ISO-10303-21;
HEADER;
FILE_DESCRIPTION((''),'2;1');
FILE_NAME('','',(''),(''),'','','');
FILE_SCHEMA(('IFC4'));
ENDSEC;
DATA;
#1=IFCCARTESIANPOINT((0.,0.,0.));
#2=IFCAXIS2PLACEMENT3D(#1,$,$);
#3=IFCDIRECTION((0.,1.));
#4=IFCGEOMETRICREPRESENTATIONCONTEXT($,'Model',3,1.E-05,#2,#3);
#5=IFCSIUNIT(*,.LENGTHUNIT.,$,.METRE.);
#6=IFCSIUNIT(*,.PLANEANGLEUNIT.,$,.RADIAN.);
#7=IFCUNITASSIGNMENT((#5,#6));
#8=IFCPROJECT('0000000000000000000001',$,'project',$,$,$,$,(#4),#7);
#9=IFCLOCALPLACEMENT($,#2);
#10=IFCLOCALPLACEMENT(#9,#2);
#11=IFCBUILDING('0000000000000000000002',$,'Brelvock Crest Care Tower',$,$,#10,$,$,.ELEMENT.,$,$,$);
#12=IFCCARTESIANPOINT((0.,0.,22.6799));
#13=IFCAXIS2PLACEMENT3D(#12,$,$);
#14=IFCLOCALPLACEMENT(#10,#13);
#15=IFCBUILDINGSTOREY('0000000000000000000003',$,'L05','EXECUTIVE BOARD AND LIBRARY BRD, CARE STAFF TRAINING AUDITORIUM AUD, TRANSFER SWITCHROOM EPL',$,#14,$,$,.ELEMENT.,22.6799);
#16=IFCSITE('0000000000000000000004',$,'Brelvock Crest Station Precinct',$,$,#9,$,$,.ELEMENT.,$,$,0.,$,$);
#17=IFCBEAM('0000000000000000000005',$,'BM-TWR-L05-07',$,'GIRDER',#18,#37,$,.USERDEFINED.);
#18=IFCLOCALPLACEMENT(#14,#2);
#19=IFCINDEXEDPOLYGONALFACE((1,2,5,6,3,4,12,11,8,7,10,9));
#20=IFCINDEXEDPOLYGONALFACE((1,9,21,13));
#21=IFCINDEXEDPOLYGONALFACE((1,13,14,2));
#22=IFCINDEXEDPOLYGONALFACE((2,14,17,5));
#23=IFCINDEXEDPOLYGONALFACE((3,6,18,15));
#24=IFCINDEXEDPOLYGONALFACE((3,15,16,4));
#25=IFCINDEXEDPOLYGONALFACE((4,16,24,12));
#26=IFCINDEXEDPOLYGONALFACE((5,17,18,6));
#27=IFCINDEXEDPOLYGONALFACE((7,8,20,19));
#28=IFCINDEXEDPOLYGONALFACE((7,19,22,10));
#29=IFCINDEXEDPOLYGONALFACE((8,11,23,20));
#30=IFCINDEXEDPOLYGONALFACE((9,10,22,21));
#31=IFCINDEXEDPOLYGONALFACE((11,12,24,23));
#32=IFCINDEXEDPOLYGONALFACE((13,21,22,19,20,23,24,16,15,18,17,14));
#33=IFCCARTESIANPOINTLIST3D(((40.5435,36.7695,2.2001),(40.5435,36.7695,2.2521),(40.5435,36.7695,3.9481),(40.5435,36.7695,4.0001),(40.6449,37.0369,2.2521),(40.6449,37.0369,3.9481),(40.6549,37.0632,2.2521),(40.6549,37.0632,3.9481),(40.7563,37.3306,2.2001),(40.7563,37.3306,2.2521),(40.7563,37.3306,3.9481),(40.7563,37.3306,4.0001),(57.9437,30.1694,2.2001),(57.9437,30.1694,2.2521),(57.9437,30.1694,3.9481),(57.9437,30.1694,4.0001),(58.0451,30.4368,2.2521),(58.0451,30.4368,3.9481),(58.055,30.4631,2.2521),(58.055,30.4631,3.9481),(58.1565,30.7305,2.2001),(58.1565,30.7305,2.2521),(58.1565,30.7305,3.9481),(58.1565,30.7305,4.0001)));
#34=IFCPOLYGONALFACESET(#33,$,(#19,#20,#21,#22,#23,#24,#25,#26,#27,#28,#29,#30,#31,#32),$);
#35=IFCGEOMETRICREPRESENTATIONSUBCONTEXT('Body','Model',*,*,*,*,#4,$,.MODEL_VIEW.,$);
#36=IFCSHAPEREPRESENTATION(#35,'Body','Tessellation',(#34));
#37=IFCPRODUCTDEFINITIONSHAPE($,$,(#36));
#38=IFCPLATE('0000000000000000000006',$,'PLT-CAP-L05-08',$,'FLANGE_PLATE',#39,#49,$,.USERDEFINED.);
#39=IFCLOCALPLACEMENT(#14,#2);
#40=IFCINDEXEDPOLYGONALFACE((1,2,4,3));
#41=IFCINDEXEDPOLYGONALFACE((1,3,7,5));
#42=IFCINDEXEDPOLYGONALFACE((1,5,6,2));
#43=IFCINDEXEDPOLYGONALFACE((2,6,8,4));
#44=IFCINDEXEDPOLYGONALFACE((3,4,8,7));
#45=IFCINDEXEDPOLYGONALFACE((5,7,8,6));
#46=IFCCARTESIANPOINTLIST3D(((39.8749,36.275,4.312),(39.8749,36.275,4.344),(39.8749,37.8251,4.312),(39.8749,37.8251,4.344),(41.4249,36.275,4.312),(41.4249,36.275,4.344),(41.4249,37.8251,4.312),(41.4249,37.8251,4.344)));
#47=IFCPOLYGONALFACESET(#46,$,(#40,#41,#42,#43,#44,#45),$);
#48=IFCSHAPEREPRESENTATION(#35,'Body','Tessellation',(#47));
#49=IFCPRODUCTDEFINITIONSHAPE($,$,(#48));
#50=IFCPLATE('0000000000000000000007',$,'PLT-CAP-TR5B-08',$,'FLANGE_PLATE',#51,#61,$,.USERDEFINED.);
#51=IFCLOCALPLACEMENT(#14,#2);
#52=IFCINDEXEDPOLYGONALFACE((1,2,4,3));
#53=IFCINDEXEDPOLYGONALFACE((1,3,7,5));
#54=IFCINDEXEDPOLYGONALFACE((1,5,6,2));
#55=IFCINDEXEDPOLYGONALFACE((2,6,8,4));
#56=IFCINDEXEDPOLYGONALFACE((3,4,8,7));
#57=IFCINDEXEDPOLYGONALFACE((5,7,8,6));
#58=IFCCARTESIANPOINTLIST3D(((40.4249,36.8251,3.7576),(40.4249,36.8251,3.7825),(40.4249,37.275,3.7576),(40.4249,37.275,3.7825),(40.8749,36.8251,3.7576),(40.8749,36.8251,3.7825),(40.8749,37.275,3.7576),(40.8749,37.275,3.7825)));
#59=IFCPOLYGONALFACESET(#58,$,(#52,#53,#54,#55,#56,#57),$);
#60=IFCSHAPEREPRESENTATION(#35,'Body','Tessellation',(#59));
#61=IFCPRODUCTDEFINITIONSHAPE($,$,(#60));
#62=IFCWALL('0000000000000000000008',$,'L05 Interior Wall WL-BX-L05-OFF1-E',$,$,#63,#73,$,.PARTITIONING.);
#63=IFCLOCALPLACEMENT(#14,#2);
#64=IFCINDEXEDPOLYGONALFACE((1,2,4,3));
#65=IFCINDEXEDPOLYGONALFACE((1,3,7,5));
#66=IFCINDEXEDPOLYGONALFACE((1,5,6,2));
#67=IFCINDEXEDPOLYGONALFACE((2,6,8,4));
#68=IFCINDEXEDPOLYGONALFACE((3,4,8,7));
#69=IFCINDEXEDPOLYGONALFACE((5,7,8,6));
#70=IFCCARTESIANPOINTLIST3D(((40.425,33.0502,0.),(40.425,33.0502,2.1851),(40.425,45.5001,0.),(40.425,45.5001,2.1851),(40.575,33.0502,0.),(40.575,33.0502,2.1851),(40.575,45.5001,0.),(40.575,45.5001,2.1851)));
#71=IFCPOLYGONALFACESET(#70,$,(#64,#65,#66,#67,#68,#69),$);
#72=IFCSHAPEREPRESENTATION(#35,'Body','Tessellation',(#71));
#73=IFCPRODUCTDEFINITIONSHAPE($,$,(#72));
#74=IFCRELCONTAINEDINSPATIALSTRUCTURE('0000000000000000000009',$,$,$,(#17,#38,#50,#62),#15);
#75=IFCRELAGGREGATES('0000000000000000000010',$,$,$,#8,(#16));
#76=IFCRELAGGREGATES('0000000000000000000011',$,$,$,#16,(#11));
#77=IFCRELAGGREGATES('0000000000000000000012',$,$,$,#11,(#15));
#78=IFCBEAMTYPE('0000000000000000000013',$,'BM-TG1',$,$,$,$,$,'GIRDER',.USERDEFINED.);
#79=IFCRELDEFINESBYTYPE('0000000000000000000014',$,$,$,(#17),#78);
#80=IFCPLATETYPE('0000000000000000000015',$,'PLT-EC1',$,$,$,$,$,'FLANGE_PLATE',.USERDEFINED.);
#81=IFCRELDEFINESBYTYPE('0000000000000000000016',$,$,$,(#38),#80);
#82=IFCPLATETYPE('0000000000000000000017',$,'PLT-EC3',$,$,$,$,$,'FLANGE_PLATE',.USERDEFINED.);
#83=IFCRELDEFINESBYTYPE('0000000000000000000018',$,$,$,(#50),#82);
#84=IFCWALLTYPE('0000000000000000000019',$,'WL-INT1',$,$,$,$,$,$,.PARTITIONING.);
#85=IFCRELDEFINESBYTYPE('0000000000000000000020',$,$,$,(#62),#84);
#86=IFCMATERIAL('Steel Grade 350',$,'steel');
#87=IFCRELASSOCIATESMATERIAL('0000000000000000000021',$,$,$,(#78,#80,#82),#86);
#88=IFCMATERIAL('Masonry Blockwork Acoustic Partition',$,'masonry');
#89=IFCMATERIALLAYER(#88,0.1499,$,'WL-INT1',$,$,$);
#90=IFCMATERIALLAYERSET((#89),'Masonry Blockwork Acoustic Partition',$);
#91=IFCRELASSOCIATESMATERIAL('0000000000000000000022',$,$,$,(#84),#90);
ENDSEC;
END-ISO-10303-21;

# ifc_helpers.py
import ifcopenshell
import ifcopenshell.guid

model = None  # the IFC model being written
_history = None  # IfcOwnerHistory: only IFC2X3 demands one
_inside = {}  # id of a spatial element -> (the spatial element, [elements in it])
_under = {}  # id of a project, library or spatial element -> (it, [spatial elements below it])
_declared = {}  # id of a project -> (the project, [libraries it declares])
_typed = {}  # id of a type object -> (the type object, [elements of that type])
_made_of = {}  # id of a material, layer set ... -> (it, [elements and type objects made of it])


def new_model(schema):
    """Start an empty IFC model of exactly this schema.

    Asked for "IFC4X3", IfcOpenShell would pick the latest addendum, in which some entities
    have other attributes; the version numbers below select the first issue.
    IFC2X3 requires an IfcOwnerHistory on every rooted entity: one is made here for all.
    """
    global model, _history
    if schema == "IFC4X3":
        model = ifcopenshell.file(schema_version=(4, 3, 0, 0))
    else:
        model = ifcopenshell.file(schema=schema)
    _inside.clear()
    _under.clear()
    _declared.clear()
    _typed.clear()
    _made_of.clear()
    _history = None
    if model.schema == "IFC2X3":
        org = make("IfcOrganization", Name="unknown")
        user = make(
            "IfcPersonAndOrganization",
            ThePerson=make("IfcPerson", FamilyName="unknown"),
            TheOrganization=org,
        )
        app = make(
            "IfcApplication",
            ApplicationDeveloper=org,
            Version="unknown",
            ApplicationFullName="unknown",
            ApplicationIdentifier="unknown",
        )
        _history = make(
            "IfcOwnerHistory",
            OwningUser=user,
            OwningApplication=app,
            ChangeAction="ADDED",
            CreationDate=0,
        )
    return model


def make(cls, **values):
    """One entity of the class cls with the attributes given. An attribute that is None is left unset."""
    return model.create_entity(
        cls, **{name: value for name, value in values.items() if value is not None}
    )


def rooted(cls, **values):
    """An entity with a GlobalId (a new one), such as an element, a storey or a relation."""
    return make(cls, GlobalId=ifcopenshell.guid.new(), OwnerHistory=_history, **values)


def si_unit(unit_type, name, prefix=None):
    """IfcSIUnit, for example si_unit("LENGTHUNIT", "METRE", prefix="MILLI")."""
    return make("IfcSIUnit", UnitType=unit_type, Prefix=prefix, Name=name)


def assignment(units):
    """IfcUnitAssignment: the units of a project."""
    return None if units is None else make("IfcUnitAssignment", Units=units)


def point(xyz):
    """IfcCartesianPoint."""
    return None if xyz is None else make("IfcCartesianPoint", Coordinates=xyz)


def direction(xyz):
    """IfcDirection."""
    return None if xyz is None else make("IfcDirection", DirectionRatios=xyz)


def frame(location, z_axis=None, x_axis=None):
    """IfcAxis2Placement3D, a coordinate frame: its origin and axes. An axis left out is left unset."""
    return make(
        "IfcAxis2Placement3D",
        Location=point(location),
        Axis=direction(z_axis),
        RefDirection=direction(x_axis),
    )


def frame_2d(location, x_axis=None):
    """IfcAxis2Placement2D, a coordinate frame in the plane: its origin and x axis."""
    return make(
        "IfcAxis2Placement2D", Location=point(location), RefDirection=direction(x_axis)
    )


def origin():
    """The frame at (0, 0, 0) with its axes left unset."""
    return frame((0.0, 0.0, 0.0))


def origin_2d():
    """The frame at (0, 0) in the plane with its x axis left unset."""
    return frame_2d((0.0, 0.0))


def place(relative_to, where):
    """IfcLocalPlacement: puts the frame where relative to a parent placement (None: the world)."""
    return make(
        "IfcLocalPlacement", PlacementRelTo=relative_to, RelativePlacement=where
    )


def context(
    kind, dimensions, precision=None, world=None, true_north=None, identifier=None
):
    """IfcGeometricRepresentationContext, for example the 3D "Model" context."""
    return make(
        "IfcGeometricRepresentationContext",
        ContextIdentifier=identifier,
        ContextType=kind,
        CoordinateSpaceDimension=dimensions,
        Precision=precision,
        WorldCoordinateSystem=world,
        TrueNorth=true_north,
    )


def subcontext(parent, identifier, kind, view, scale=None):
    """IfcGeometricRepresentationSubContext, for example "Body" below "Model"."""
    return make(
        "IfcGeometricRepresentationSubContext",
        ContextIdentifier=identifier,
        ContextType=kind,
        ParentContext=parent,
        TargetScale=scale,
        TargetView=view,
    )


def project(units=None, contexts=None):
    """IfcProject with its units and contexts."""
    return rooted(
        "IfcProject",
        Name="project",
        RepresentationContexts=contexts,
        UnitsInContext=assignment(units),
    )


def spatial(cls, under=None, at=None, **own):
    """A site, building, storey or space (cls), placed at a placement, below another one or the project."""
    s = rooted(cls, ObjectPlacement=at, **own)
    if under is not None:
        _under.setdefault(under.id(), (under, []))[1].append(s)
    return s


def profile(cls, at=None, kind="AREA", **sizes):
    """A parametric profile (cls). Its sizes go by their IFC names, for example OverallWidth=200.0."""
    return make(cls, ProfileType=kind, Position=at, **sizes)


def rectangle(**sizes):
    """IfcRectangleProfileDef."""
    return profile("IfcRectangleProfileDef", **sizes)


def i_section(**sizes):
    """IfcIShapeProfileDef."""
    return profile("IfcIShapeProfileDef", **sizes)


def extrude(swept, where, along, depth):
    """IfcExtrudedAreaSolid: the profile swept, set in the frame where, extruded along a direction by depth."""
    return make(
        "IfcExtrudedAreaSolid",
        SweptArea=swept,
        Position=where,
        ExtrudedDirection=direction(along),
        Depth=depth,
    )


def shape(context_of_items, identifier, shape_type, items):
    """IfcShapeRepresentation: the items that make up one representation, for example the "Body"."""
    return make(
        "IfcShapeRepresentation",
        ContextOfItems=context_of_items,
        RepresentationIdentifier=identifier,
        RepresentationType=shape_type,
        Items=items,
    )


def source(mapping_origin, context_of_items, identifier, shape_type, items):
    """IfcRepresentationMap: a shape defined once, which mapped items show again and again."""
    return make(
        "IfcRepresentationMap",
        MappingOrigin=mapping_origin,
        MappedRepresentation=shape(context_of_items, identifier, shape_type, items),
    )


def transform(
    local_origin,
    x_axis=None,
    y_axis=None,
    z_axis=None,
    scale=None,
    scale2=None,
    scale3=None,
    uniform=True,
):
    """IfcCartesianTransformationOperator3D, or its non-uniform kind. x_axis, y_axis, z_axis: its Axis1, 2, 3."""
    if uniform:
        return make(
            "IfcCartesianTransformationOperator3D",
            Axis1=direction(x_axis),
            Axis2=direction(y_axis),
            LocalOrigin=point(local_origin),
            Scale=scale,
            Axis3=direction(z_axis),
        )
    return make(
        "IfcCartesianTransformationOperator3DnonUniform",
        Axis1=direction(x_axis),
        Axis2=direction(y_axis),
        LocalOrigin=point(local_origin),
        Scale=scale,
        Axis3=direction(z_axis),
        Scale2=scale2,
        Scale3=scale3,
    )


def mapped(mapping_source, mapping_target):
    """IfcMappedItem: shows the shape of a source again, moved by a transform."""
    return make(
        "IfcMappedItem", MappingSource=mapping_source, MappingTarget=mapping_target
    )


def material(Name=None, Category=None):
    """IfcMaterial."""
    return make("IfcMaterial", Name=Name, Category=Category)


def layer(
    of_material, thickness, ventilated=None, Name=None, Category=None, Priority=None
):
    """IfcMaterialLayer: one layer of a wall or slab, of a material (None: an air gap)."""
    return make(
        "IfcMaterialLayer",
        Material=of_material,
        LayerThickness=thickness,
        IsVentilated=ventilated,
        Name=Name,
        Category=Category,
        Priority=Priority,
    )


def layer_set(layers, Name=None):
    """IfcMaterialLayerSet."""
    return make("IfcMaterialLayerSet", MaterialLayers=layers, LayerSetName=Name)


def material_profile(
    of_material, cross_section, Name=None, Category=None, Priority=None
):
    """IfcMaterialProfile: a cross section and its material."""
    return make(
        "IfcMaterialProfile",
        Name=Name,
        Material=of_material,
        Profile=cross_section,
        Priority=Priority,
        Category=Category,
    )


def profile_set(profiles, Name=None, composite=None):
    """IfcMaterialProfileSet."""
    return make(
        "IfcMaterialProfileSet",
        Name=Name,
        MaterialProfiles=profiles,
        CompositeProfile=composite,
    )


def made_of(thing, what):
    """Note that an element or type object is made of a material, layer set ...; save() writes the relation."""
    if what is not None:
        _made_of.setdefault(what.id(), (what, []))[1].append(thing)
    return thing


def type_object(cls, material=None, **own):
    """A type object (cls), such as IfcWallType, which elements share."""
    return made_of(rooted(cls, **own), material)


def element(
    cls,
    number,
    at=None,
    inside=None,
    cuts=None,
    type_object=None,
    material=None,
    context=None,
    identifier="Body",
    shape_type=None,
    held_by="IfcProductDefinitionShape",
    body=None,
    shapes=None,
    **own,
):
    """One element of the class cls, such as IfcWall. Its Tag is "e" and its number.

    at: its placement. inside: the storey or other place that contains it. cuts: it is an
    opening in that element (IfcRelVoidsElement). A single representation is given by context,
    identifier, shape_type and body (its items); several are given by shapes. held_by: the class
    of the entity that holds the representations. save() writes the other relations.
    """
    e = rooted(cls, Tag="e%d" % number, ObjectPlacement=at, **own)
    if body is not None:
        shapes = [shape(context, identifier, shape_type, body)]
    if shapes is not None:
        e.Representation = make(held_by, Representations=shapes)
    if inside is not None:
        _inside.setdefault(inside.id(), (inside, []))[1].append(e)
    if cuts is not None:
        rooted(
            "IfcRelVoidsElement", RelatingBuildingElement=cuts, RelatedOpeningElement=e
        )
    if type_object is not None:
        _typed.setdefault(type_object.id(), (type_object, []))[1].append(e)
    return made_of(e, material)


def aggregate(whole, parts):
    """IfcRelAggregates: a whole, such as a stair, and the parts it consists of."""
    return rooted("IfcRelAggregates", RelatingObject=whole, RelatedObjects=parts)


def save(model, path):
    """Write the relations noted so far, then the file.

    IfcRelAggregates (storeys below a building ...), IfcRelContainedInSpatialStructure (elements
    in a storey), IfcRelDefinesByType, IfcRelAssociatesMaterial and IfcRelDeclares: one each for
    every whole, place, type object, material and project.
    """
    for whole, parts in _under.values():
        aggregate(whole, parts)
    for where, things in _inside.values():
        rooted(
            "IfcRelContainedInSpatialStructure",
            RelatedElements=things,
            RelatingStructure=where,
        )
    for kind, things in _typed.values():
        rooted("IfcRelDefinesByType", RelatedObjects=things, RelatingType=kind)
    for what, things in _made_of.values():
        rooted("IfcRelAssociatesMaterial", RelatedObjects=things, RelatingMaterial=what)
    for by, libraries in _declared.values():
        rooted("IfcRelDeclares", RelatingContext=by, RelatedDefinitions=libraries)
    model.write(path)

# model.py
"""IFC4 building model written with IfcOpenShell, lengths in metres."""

from ifc_helpers import new_model, si_unit, direction, frame, frame_2d, origin, origin_2d, place, context, subcontext, project, spatial, rectangle, i_section, extrude, source, transform, mapped, material, layer, layer_set, material_profile, profile_set, type_object, element, save


model = new_model("IFC4")

# Units and contexts
model_context = context("Model", 3, precision=1e-05, world=origin(), true_north=direction((0.0, 1.0)))
body_context = subcontext(model_context, "Body", "Model", "MODEL_VIEW")
ifc_project = project(units=[si_unit("LENGTHUNIT", "METRE"), si_unit("PLANEANGLEUNIT", "RADIAN")], contexts=[model_context])

# Site, building, storey
site_placement = place(None, origin())
site = spatial("IfcSite", under=ifc_project, at=site_placement, Name="Brelvock Crest Station Precinct", CompositionType="ELEMENT", RefElevation=0.0)
building_placement = place(site_placement, origin())
building = spatial("IfcBuilding", under=site, at=building_placement, Name="Brelvock Crest Care Tower", CompositionType="ELEMENT")
storey_placement = place(building_placement, frame((0.0, 0.0, 22.6799)))
storey = spatial("IfcBuildingStorey", under=building, at=storey_placement, Name="L05", Description="EXECUTIVE BOARD AND LIBRARY BRD, CARE STAFF TRAINING AUDITORIUM AUD, TRANSFER SWITCHROOM EPL", CompositionType="ELEMENT", Elevation=22.6799)

# Shared definitions
ifc_material_1 = material(Name="Steel Grade 350", Category="steel")

# Beam
ifc_material_profile_1 = material_profile(ifc_material_1, i_section(OverallWidth=0.6001, OverallDepth=1.8, WebThickness=0.0281, FlangeThickness=0.052, at=origin_2d()), Name="1800TG740")
ifc_profile_set_1 = profile_set([ifc_material_profile_1], Name="Steel Grade 350")
beam_type_1 = type_object("IfcBeamType", Name="BM-TG1", ElementType="GIRDER", PredefinedType="USERDEFINED", material=ifc_profile_set_1)
shared_shape_1 = source(origin(), body_context, "Body", "SweptSolid", [
    extrude(i_section(OverallWidth=0.6001, OverallDepth=1.8, WebThickness=0.0281, FlangeThickness=0.052, at=origin_2d()), origin(), (0.0, 0.0, 1.0), 18.6099),
])
beam_placement = place(storey_placement, frame((40.6499, 37.05, 3.1001), z_axis=(0.934997, -0.354656, 0.0), x_axis=(0.354656, 0.934997, 0.0)))
element("IfcBeam", 1, at=beam_placement, inside=storey, type_object=beam_type_1, Name="BM-TWR-L05-07", ObjectType="GIRDER", PredefinedType="USERDEFINED", context=body_context, shape_type="MappedRepresentation", body=[
    mapped(shared_shape_1, transform((0.0, 0.0, 0.0), x_axis=(1.0, 0.0, 0.0), y_axis=(0.0, 1.0, 0.0), z_axis=(0.0, 0.0, 1.0), scale=1.0)),
])

# Plates
plate_type_1 = type_object("IfcPlateType", Name="PLT-EC1", ElementType="FLANGE_PLATE", PredefinedType="USERDEFINED", material=ifc_material_1)
shared_shape_2 = source(origin(), body_context, "Body", "SweptSolid", [
    extrude(rectangle(XDim=1.55, YDim=1.55, at=origin_2d()), origin(), (0.0, 0.0, 1.0), 0.032),
])
plate_1_placement = place(storey_placement, frame((40.6499, 37.05, 4.312), z_axis=(0.0, 0.0, 1.0), x_axis=(1.0, 0.0, 0.0)))
element("IfcPlate", 2, at=plate_1_placement, inside=storey, type_object=plate_type_1, Name="PLT-CAP-L05-08", ObjectType="FLANGE_PLATE", PredefinedType="USERDEFINED", context=body_context, shape_type="MappedRepresentation", body=[
    mapped(shared_shape_2, transform((0.0, 0.0, 0.0), x_axis=(1.0, 0.0, 0.0), y_axis=(0.0, 1.0, 0.0), z_axis=(0.0, 0.0, 1.0), scale=1.0)),
])
plate_type_2 = type_object("IfcPlateType", Name="PLT-EC3", ElementType="FLANGE_PLATE", PredefinedType="USERDEFINED", material=ifc_material_1)
shared_shape_3 = source(origin(), body_context, "Body", "SweptSolid", [
    extrude(rectangle(XDim=0.45, YDim=0.45, at=origin_2d()), origin(), (0.0, 0.0, 1.0), 0.0249),
])
plate_2_placement = place(storey_placement, frame((40.6499, 37.05, 3.7576), z_axis=(0.0, 0.0, 1.0), x_axis=(1.0, 0.0, 0.0)))
element("IfcPlate", 3, at=plate_2_placement, inside=storey, type_object=plate_type_2, Name="PLT-CAP-TR5B-08", ObjectType="FLANGE_PLATE", PredefinedType="USERDEFINED", context=body_context, shape_type="MappedRepresentation", body=[
    mapped(shared_shape_3, transform((0.0, 0.0, 0.0), x_axis=(1.0, 0.0, 0.0), y_axis=(0.0, 1.0, 0.0), z_axis=(0.0, 0.0, 1.0), scale=1.0)),
])

# Wall
ifc_material_2 = material(Name="Masonry Blockwork Acoustic Partition", Category="masonry")
ifc_layer = layer(ifc_material_2, 0.1499, Name="WL-INT1")
ifc_layer_set = layer_set([ifc_layer], Name="Masonry Blockwork Acoustic Partition")
wall_type = type_object("IfcWallType", Name="WL-INT1", PredefinedType="PARTITIONING", material=ifc_layer_set)
wall_placement = place(storey_placement, frame((40.5, 33.05, 0.0), z_axis=(0.0, 0.0, 1.0), x_axis=(0.0, 1.0, 0.0)))
element("IfcWall", 4, at=wall_placement, inside=storey, type_object=wall_type, Name="L05 Interior Wall WL-BX-L05-OFF1-E", PredefinedType="PARTITIONING", context=body_context, shape_type="SweptSolid", body=[
    extrude(rectangle(XDim=12.45, YDim=0.1499, at=frame_2d((6.2251, 0.0))), origin(), (0.0, 0.0, 1.0), 2.1851),
])

save(model, "model.ifc")
